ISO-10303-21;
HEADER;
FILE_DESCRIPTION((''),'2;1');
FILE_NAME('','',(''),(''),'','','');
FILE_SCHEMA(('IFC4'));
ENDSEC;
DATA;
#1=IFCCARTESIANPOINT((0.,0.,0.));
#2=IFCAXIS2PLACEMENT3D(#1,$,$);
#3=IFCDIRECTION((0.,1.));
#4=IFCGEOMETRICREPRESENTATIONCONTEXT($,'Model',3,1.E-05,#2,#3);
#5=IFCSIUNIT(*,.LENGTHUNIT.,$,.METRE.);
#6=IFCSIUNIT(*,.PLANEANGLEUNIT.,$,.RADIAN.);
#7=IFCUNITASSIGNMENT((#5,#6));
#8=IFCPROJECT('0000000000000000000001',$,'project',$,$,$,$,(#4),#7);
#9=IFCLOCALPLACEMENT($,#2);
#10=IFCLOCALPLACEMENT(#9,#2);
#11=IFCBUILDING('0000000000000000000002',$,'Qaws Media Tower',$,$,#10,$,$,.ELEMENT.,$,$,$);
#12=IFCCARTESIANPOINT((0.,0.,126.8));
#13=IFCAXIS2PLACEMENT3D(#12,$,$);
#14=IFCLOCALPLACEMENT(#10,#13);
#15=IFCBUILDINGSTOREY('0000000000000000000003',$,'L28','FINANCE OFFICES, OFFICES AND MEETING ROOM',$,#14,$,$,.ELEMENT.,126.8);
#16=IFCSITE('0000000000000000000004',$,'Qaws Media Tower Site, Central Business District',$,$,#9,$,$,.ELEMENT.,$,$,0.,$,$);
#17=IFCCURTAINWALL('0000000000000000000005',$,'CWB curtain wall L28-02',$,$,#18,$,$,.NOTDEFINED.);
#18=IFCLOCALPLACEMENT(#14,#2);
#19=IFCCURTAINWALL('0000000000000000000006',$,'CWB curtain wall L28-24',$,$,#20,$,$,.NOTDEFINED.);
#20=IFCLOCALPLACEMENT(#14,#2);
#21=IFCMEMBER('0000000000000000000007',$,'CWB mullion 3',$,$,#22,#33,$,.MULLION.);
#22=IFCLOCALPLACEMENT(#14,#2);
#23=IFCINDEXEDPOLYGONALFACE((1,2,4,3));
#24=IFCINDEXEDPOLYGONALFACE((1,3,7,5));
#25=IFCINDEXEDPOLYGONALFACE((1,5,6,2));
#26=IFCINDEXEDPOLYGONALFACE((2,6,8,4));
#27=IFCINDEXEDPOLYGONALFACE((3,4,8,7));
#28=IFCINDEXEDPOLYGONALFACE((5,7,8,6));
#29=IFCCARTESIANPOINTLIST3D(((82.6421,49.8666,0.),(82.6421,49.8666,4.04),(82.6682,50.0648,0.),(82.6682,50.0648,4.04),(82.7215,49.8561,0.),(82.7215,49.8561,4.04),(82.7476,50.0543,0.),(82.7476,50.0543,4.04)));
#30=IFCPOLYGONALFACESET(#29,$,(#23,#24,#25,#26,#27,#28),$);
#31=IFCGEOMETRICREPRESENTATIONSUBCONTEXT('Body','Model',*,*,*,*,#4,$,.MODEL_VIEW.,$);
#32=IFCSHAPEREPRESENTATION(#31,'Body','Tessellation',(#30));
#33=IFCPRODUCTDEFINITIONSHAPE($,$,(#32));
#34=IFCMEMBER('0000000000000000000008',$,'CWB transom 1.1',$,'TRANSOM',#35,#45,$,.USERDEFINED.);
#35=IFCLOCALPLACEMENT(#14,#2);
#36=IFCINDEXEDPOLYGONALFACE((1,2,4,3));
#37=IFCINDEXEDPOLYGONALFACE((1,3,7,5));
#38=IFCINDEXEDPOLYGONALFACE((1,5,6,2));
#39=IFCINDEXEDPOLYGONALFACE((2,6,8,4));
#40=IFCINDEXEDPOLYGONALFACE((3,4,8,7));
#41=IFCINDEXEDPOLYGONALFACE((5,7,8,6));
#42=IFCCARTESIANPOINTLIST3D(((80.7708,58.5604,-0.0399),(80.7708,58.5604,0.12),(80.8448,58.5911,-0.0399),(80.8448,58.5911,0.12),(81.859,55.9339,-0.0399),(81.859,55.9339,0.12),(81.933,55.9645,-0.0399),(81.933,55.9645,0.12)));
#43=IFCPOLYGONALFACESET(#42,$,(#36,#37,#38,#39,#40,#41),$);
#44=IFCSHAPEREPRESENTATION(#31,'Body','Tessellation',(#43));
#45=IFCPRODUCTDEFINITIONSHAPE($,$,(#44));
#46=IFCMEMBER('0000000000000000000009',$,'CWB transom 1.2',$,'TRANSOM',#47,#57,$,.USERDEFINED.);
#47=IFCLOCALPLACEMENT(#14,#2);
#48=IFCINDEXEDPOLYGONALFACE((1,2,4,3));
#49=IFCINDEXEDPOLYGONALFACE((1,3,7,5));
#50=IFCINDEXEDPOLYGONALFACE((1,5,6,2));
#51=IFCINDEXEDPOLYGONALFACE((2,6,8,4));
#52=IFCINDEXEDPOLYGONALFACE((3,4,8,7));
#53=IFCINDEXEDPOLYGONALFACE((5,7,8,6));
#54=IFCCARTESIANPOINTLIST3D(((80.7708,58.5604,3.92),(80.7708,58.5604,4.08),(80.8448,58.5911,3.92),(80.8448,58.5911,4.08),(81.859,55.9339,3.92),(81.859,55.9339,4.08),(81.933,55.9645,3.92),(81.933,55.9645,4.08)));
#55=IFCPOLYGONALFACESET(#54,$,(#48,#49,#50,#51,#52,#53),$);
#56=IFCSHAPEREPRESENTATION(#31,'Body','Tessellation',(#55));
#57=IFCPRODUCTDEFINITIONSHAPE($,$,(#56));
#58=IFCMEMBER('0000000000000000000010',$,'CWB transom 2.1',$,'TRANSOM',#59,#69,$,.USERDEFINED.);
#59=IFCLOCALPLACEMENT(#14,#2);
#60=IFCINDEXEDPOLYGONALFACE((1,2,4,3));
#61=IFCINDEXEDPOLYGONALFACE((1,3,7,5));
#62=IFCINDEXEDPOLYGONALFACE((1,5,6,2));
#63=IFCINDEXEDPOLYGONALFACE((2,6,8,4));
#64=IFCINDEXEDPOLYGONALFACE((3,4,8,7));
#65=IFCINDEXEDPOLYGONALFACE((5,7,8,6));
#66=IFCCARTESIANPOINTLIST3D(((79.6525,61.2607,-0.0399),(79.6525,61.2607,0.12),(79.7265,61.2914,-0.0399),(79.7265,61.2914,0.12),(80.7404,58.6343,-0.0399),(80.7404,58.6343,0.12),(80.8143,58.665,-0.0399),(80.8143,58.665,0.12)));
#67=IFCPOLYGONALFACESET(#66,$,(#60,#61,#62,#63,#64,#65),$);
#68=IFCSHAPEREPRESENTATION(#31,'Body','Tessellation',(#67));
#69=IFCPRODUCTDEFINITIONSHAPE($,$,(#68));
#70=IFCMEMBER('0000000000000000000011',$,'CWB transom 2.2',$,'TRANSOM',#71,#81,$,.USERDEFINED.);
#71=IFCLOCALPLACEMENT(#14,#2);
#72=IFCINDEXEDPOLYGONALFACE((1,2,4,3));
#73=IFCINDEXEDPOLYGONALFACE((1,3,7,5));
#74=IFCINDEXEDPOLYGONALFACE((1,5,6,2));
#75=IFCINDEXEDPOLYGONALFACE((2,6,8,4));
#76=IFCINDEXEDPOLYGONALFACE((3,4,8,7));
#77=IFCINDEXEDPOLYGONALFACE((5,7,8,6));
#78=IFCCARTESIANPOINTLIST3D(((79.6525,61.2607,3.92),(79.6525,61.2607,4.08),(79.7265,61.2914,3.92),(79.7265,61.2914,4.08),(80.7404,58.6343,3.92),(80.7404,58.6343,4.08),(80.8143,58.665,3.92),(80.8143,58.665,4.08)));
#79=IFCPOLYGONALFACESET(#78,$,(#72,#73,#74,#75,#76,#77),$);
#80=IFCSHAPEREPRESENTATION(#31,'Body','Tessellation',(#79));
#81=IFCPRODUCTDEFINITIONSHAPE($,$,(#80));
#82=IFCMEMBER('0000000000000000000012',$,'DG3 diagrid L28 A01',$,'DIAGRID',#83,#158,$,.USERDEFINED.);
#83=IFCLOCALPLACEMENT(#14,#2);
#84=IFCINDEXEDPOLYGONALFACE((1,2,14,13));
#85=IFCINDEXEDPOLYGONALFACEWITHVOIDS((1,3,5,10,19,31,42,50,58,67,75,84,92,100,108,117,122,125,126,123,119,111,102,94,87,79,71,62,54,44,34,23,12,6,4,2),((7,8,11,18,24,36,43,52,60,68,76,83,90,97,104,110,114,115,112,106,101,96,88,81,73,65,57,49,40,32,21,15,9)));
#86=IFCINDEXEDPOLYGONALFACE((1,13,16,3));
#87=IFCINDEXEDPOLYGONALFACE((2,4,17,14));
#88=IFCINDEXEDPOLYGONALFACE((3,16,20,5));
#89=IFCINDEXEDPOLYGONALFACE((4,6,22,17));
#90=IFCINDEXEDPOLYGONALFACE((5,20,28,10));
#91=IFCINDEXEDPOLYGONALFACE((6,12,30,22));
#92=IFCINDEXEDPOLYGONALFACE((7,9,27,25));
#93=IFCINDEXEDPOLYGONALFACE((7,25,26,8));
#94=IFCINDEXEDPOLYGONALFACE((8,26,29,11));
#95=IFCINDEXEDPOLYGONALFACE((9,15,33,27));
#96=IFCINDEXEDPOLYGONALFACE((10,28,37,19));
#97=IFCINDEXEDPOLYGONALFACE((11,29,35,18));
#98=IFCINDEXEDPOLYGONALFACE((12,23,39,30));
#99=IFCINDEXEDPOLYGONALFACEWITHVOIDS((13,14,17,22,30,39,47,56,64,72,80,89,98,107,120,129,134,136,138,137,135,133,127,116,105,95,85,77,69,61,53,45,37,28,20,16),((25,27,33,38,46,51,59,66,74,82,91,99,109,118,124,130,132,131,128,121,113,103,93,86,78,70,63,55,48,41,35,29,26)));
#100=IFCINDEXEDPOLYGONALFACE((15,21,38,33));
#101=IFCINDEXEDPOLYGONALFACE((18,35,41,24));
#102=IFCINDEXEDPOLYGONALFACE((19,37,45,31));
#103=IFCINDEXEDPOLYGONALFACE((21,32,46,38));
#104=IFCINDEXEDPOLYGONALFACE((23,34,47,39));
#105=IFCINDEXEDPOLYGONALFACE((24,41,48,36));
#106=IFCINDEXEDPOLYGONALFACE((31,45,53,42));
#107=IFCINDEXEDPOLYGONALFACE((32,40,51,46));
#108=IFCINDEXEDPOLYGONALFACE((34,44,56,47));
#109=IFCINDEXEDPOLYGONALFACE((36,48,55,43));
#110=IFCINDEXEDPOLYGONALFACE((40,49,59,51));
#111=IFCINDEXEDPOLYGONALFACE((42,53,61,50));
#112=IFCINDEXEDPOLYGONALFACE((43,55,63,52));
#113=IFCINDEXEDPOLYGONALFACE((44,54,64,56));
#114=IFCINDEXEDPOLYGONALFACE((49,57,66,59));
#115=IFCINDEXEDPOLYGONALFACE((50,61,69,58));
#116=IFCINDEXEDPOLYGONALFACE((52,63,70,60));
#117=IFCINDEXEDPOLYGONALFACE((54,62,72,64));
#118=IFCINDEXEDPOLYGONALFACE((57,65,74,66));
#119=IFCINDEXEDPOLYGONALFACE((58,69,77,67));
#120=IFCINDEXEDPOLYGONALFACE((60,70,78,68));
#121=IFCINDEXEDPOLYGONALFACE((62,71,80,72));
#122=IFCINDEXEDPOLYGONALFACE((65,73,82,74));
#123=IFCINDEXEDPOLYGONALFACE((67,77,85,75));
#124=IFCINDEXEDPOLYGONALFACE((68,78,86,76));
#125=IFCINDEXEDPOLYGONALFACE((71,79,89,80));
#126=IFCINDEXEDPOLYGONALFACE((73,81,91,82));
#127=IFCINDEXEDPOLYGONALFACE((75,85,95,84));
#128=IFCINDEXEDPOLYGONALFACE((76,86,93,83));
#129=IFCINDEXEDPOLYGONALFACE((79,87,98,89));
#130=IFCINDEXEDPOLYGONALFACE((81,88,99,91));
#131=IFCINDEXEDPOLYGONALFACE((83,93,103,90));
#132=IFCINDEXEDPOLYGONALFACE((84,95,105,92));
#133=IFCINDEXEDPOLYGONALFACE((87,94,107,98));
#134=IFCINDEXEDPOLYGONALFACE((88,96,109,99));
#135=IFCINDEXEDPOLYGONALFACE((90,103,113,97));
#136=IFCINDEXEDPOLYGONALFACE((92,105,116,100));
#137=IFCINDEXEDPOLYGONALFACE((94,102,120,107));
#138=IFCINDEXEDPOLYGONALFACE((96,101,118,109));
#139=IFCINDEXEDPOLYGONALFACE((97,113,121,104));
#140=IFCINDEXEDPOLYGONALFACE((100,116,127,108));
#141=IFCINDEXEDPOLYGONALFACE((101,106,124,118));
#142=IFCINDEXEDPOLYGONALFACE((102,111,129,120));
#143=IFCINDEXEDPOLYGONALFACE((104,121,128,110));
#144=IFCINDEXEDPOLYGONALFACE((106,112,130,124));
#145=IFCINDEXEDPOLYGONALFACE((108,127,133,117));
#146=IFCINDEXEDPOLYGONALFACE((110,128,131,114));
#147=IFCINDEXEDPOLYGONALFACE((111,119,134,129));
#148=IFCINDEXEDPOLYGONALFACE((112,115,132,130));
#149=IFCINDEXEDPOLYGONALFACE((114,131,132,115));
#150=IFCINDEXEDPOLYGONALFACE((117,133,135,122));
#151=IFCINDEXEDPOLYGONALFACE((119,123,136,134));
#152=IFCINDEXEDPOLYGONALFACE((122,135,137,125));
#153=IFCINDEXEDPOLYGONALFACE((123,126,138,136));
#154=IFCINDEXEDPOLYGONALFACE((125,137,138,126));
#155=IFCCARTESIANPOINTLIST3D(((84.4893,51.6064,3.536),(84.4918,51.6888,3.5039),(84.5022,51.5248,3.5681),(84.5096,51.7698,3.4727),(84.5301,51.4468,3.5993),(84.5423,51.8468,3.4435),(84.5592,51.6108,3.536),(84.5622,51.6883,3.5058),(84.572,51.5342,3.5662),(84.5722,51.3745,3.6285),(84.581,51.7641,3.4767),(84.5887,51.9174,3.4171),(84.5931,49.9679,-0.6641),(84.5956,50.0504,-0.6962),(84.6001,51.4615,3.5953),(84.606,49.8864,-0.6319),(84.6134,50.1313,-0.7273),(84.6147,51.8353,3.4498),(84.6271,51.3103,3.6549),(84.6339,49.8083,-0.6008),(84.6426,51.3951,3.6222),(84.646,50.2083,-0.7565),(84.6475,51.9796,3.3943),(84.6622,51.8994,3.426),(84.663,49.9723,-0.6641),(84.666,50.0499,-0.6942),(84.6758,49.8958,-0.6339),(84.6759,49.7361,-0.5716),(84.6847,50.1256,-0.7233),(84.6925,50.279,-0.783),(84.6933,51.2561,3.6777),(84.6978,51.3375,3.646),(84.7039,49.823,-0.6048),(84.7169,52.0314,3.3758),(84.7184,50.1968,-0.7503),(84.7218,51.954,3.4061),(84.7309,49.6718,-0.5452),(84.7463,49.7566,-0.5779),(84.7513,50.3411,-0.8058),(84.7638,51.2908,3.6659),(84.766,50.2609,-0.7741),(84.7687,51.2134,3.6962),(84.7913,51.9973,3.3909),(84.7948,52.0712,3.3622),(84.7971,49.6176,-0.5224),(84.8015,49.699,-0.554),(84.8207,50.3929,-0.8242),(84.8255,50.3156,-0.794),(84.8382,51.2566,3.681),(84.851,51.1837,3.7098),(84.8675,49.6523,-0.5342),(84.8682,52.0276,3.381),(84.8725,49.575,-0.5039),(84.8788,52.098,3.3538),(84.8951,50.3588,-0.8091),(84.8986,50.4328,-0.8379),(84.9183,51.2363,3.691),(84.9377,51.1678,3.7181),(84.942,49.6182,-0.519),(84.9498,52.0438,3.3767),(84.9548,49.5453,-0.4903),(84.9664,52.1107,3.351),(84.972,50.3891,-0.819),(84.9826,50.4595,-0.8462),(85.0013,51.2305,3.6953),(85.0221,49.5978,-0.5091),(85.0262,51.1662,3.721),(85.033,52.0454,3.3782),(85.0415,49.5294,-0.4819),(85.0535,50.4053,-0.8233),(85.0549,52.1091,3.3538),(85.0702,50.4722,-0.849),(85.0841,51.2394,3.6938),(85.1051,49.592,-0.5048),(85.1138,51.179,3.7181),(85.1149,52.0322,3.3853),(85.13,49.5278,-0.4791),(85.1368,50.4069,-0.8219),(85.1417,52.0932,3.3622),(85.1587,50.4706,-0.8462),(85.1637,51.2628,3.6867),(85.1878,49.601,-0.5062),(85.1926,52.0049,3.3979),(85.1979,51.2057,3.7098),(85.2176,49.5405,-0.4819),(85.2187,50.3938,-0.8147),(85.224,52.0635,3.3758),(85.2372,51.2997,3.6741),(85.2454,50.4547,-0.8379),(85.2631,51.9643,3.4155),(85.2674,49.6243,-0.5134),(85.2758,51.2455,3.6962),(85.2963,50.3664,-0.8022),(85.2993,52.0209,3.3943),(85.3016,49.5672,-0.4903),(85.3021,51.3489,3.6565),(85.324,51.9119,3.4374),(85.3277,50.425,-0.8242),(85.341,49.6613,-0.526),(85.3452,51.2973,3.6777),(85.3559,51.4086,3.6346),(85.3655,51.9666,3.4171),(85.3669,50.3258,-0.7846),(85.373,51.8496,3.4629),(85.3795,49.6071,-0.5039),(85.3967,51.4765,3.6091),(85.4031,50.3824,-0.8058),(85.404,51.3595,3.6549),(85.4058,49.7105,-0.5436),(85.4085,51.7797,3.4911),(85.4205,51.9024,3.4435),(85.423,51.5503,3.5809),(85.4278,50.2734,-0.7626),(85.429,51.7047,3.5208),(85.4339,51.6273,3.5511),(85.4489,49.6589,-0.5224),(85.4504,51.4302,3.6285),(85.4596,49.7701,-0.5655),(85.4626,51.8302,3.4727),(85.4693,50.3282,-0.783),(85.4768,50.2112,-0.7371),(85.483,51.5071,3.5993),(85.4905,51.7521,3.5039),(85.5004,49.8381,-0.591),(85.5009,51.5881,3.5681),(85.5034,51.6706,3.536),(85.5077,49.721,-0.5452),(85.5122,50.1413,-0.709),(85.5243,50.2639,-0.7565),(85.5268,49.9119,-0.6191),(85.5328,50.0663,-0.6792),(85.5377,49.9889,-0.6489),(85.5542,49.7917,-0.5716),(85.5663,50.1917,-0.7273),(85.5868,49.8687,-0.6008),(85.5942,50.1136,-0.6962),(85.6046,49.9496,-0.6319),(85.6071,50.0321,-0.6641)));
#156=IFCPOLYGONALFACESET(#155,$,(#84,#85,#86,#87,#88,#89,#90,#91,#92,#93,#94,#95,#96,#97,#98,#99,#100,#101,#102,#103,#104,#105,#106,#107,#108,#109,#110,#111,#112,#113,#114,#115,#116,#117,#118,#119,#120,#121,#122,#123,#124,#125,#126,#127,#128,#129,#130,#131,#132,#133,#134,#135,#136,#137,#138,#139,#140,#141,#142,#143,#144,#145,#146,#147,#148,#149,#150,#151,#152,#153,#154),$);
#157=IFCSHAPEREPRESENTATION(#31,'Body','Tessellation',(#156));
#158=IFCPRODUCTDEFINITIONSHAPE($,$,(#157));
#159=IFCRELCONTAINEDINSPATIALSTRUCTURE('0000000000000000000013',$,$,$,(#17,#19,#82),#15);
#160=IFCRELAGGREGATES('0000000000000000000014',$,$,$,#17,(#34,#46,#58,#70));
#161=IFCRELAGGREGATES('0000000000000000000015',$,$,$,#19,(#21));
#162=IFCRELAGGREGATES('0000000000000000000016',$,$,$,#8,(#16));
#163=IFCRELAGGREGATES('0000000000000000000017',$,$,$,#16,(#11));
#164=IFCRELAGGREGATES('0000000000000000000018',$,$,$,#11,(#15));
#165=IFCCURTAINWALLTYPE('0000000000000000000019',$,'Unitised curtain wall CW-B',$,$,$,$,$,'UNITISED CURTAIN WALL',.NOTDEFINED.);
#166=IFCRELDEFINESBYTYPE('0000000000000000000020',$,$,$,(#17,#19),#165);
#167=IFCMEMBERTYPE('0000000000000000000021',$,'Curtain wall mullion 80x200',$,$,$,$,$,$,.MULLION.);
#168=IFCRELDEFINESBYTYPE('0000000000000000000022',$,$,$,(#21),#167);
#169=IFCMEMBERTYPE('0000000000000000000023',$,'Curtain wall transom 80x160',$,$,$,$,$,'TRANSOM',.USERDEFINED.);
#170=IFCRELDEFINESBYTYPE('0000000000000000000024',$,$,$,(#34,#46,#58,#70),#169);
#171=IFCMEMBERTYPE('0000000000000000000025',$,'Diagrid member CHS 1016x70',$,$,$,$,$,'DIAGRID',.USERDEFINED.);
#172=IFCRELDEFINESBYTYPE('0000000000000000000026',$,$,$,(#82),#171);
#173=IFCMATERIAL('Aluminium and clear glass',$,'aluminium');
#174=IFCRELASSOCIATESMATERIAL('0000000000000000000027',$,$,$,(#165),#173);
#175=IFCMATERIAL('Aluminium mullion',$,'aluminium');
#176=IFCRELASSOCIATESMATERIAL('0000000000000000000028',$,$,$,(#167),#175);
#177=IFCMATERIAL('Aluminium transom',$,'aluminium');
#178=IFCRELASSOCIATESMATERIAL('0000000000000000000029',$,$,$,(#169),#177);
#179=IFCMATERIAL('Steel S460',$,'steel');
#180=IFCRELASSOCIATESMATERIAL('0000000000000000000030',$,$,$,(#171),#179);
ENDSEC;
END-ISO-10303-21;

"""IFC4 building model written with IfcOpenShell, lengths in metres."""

from ifc_helpers import new_model, si_unit, direction, frame, origin, origin_2d, place, context, subcontext, project, spatial, rectangle, hollow_circle, extrude, material, material_profile, profile_set, type_object, element, aggregate, save


model = new_model("IFC4")

# Units and contexts
model_context = context("Model", 3, precision=1e-05, world=origin(), true_north=direction((0.0, 1.0)))
body_context = subcontext(model_context, "Body", "Model", "MODEL_VIEW")
ifc_project = project(units=[si_unit("LENGTHUNIT", "METRE"), si_unit("PLANEANGLEUNIT", "RADIAN")], contexts=[model_context])

# Site, building, storey
site_placement = place(None, origin())
site = spatial("IfcSite", under=ifc_project, at=site_placement, Name="Qaws Media Tower Site, Central Business District", CompositionType="ELEMENT", RefElevation=0.0)
building_placement = place(site_placement, origin())
building = spatial("IfcBuilding", under=site, at=building_placement, Name="Qaws Media Tower", CompositionType="ELEMENT")
storey_placement = place(building_placement, frame((0.0, 0.0, 126.8)))
storey = spatial("IfcBuildingStorey", under=building, at=storey_placement, Name="L28", Description="FINANCE OFFICES, OFFICES AND MEETING ROOM", CompositionType="ELEMENT", Elevation=126.8)

# Curtain wall
ifc_material_1 = material(Name="Aluminium and clear glass", Category="aluminium")
curtain_wall_type = type_object("IfcCurtainWallType", Name="Unitised curtain wall CW-B", ElementType="UNITISED CURTAIN WALL", PredefinedType="NOTDEFINED", material=ifc_material_1)
curtain_wall_1_placement = place(storey_placement, origin())
curtain_wall_1 = element("IfcCurtainWall", 1, at=curtain_wall_1_placement, inside=storey, type_object=curtain_wall_type, Name="CWB curtain wall L28-02", PredefinedType="NOTDEFINED")
ifc_material_2 = material(Name="Aluminium mullion", Category="aluminium")
ifc_material_profile_1 = material_profile(ifc_material_2, rectangle(XDim=0.0801, YDim=0.2, at=origin_2d()), Name="80x200")
ifc_profile_set_1 = profile_set([ifc_material_profile_1], Name="Aluminium mullion")
member_type_1 = type_object("IfcMemberType", Name="Curtain wall mullion 80x200", PredefinedType="MULLION", material=ifc_profile_set_1)

# Curtain wall, member
curtain_wall_2_placement = place(storey_placement, origin())
curtain_wall_2 = element("IfcCurtainWall", 2, at=curtain_wall_2_placement, inside=storey, type_object=curtain_wall_type, Name="CWB curtain wall L28-24", PredefinedType="NOTDEFINED")
member_1_placement = place(storey_placement, frame((82.6948, 49.9604, 0.0), z_axis=(0.0, 0.0, 1.0), x_axis=(-0.991445, 0.130526, 0.0)))
member_1 = element("IfcMember", 3, at=member_1_placement, type_object=member_type_1, Name="CWB mullion 3", PredefinedType="MULLION", context=body_context, shape_type="SweptSolid", body=[
    extrude(rectangle(XDim=0.0801, YDim=0.2, at=origin_2d()), origin(), (0.0, 0.0, 1.0), 4.04),
])

# Members
ifc_material_3 = material(Name="Aluminium transom", Category="aluminium")
ifc_material_profile_2 = material_profile(ifc_material_3, rectangle(XDim=0.0801, YDim=0.1599, at=origin_2d()), Name="80x160")
ifc_profile_set_2 = profile_set([ifc_material_profile_2], Name="Aluminium transom")
member_type_2 = type_object("IfcMemberType", Name="Curtain wall transom 80x160", ElementType="TRANSOM", PredefinedType="USERDEFINED", material=ifc_profile_set_2)
member_2_placement = place(storey_placement, frame((81.896, 55.9492, 0.04), z_axis=(-0.382749, 0.923852, 0.0), x_axis=(-0.923852, -0.382749, 0.0)))
member_2 = element("IfcMember", 4, at=member_2_placement, type_object=member_type_2, Name="CWB transom 1.1", ObjectType="TRANSOM", PredefinedType="USERDEFINED", context=body_context, shape_type="SweptSolid", body=[
    extrude(rectangle(XDim=0.0801, YDim=0.1599, at=origin_2d()), origin(), (0.0, 0.0, 1.0), 2.843),
])
member_3_placement = place(storey_placement, frame((81.896, 55.9492, 4.0), z_axis=(-0.382749, 0.923852, 0.0), x_axis=(-0.923852, -0.382749, 0.0)))
member_3 = element("IfcMember", 5, at=member_3_placement, type_object=member_type_2, Name="CWB transom 1.2", ObjectType="TRANSOM", PredefinedType="USERDEFINED", context=body_context, shape_type="SweptSolid", body=[
    extrude(rectangle(XDim=0.0801, YDim=0.1599, at=origin_2d()), origin(), (0.0, 0.0, 1.0), 2.843),
])
member_4_placement = place(storey_placement, frame((80.7773, 58.6497, 0.04), z_axis=(-0.382675, 0.923883, 0.0), x_axis=(-0.923883, -0.382675, 0.0)))
member_4 = element("IfcMember", 6, at=member_4_placement, type_object=member_type_2, Name="CWB transom 2.1", ObjectType="TRANSOM", PredefinedType="USERDEFINED", context=body_context, shape_type="SweptSolid", body=[
    extrude(rectangle(XDim=0.0801, YDim=0.1599, at=origin_2d()), origin(), (0.0, 0.0, 1.0), 2.8428),
])
member_5_placement = place(storey_placement, frame((80.7773, 58.6497, 4.0), z_axis=(-0.382675, 0.923883, 0.0), x_axis=(-0.923883, -0.382675, 0.0)))
member_5 = element("IfcMember", 7, at=member_5_placement, type_object=member_type_2, Name="CWB transom 2.2", ObjectType="TRANSOM", PredefinedType="USERDEFINED", context=body_context, shape_type="SweptSolid", body=[
    extrude(rectangle(XDim=0.0801, YDim=0.1599, at=origin_2d()), origin(), (0.0, 0.0, 1.0), 2.8428),
])

# Member
ifc_material_4 = material(Name="Steel S460", Category="steel")
ifc_material_profile_3 = material_profile(ifc_material_4, hollow_circle(Radius=0.5081, WallThickness=0.0701, at=origin_2d()), Name="CHS 1016x70")
ifc_profile_set_3 = profile_set([ifc_material_profile_3], Name="Steel S460")
member_type_3 = type_object("IfcMemberType", Name="Diagrid member CHS 1016x70", ElementType="DIAGRID", PredefinedType="USERDEFINED", material=ifc_profile_set_3)
for number, where, z_axis, x_axis, name in (
    (8, (85.1001, 50.0, -0.6641), (-0.02301, 0.363335, 0.931374), (-0.998001, -0.063202, 0.0), "DG3 diagrid L28 A01"),
):
    element("IfcMember", number, at=place(storey_placement, frame(where, z_axis=z_axis, x_axis=x_axis)), inside=storey, type_object=member_type_3, Name=name, ObjectType="DIAGRID", PredefinedType="USERDEFINED", context=body_context, shape_type="SweptSolid", body=[
        extrude(hollow_circle(Radius=0.5081, WallThickness=0.0701, at=origin_2d()), origin(), (0.0, 0.0, 1.0), 4.5095),
    ])

aggregate(curtain_wall_1, [member_2, member_3, member_4, member_5])
aggregate(curtain_wall_2, [member_1])

save(model, "model.ifc")
